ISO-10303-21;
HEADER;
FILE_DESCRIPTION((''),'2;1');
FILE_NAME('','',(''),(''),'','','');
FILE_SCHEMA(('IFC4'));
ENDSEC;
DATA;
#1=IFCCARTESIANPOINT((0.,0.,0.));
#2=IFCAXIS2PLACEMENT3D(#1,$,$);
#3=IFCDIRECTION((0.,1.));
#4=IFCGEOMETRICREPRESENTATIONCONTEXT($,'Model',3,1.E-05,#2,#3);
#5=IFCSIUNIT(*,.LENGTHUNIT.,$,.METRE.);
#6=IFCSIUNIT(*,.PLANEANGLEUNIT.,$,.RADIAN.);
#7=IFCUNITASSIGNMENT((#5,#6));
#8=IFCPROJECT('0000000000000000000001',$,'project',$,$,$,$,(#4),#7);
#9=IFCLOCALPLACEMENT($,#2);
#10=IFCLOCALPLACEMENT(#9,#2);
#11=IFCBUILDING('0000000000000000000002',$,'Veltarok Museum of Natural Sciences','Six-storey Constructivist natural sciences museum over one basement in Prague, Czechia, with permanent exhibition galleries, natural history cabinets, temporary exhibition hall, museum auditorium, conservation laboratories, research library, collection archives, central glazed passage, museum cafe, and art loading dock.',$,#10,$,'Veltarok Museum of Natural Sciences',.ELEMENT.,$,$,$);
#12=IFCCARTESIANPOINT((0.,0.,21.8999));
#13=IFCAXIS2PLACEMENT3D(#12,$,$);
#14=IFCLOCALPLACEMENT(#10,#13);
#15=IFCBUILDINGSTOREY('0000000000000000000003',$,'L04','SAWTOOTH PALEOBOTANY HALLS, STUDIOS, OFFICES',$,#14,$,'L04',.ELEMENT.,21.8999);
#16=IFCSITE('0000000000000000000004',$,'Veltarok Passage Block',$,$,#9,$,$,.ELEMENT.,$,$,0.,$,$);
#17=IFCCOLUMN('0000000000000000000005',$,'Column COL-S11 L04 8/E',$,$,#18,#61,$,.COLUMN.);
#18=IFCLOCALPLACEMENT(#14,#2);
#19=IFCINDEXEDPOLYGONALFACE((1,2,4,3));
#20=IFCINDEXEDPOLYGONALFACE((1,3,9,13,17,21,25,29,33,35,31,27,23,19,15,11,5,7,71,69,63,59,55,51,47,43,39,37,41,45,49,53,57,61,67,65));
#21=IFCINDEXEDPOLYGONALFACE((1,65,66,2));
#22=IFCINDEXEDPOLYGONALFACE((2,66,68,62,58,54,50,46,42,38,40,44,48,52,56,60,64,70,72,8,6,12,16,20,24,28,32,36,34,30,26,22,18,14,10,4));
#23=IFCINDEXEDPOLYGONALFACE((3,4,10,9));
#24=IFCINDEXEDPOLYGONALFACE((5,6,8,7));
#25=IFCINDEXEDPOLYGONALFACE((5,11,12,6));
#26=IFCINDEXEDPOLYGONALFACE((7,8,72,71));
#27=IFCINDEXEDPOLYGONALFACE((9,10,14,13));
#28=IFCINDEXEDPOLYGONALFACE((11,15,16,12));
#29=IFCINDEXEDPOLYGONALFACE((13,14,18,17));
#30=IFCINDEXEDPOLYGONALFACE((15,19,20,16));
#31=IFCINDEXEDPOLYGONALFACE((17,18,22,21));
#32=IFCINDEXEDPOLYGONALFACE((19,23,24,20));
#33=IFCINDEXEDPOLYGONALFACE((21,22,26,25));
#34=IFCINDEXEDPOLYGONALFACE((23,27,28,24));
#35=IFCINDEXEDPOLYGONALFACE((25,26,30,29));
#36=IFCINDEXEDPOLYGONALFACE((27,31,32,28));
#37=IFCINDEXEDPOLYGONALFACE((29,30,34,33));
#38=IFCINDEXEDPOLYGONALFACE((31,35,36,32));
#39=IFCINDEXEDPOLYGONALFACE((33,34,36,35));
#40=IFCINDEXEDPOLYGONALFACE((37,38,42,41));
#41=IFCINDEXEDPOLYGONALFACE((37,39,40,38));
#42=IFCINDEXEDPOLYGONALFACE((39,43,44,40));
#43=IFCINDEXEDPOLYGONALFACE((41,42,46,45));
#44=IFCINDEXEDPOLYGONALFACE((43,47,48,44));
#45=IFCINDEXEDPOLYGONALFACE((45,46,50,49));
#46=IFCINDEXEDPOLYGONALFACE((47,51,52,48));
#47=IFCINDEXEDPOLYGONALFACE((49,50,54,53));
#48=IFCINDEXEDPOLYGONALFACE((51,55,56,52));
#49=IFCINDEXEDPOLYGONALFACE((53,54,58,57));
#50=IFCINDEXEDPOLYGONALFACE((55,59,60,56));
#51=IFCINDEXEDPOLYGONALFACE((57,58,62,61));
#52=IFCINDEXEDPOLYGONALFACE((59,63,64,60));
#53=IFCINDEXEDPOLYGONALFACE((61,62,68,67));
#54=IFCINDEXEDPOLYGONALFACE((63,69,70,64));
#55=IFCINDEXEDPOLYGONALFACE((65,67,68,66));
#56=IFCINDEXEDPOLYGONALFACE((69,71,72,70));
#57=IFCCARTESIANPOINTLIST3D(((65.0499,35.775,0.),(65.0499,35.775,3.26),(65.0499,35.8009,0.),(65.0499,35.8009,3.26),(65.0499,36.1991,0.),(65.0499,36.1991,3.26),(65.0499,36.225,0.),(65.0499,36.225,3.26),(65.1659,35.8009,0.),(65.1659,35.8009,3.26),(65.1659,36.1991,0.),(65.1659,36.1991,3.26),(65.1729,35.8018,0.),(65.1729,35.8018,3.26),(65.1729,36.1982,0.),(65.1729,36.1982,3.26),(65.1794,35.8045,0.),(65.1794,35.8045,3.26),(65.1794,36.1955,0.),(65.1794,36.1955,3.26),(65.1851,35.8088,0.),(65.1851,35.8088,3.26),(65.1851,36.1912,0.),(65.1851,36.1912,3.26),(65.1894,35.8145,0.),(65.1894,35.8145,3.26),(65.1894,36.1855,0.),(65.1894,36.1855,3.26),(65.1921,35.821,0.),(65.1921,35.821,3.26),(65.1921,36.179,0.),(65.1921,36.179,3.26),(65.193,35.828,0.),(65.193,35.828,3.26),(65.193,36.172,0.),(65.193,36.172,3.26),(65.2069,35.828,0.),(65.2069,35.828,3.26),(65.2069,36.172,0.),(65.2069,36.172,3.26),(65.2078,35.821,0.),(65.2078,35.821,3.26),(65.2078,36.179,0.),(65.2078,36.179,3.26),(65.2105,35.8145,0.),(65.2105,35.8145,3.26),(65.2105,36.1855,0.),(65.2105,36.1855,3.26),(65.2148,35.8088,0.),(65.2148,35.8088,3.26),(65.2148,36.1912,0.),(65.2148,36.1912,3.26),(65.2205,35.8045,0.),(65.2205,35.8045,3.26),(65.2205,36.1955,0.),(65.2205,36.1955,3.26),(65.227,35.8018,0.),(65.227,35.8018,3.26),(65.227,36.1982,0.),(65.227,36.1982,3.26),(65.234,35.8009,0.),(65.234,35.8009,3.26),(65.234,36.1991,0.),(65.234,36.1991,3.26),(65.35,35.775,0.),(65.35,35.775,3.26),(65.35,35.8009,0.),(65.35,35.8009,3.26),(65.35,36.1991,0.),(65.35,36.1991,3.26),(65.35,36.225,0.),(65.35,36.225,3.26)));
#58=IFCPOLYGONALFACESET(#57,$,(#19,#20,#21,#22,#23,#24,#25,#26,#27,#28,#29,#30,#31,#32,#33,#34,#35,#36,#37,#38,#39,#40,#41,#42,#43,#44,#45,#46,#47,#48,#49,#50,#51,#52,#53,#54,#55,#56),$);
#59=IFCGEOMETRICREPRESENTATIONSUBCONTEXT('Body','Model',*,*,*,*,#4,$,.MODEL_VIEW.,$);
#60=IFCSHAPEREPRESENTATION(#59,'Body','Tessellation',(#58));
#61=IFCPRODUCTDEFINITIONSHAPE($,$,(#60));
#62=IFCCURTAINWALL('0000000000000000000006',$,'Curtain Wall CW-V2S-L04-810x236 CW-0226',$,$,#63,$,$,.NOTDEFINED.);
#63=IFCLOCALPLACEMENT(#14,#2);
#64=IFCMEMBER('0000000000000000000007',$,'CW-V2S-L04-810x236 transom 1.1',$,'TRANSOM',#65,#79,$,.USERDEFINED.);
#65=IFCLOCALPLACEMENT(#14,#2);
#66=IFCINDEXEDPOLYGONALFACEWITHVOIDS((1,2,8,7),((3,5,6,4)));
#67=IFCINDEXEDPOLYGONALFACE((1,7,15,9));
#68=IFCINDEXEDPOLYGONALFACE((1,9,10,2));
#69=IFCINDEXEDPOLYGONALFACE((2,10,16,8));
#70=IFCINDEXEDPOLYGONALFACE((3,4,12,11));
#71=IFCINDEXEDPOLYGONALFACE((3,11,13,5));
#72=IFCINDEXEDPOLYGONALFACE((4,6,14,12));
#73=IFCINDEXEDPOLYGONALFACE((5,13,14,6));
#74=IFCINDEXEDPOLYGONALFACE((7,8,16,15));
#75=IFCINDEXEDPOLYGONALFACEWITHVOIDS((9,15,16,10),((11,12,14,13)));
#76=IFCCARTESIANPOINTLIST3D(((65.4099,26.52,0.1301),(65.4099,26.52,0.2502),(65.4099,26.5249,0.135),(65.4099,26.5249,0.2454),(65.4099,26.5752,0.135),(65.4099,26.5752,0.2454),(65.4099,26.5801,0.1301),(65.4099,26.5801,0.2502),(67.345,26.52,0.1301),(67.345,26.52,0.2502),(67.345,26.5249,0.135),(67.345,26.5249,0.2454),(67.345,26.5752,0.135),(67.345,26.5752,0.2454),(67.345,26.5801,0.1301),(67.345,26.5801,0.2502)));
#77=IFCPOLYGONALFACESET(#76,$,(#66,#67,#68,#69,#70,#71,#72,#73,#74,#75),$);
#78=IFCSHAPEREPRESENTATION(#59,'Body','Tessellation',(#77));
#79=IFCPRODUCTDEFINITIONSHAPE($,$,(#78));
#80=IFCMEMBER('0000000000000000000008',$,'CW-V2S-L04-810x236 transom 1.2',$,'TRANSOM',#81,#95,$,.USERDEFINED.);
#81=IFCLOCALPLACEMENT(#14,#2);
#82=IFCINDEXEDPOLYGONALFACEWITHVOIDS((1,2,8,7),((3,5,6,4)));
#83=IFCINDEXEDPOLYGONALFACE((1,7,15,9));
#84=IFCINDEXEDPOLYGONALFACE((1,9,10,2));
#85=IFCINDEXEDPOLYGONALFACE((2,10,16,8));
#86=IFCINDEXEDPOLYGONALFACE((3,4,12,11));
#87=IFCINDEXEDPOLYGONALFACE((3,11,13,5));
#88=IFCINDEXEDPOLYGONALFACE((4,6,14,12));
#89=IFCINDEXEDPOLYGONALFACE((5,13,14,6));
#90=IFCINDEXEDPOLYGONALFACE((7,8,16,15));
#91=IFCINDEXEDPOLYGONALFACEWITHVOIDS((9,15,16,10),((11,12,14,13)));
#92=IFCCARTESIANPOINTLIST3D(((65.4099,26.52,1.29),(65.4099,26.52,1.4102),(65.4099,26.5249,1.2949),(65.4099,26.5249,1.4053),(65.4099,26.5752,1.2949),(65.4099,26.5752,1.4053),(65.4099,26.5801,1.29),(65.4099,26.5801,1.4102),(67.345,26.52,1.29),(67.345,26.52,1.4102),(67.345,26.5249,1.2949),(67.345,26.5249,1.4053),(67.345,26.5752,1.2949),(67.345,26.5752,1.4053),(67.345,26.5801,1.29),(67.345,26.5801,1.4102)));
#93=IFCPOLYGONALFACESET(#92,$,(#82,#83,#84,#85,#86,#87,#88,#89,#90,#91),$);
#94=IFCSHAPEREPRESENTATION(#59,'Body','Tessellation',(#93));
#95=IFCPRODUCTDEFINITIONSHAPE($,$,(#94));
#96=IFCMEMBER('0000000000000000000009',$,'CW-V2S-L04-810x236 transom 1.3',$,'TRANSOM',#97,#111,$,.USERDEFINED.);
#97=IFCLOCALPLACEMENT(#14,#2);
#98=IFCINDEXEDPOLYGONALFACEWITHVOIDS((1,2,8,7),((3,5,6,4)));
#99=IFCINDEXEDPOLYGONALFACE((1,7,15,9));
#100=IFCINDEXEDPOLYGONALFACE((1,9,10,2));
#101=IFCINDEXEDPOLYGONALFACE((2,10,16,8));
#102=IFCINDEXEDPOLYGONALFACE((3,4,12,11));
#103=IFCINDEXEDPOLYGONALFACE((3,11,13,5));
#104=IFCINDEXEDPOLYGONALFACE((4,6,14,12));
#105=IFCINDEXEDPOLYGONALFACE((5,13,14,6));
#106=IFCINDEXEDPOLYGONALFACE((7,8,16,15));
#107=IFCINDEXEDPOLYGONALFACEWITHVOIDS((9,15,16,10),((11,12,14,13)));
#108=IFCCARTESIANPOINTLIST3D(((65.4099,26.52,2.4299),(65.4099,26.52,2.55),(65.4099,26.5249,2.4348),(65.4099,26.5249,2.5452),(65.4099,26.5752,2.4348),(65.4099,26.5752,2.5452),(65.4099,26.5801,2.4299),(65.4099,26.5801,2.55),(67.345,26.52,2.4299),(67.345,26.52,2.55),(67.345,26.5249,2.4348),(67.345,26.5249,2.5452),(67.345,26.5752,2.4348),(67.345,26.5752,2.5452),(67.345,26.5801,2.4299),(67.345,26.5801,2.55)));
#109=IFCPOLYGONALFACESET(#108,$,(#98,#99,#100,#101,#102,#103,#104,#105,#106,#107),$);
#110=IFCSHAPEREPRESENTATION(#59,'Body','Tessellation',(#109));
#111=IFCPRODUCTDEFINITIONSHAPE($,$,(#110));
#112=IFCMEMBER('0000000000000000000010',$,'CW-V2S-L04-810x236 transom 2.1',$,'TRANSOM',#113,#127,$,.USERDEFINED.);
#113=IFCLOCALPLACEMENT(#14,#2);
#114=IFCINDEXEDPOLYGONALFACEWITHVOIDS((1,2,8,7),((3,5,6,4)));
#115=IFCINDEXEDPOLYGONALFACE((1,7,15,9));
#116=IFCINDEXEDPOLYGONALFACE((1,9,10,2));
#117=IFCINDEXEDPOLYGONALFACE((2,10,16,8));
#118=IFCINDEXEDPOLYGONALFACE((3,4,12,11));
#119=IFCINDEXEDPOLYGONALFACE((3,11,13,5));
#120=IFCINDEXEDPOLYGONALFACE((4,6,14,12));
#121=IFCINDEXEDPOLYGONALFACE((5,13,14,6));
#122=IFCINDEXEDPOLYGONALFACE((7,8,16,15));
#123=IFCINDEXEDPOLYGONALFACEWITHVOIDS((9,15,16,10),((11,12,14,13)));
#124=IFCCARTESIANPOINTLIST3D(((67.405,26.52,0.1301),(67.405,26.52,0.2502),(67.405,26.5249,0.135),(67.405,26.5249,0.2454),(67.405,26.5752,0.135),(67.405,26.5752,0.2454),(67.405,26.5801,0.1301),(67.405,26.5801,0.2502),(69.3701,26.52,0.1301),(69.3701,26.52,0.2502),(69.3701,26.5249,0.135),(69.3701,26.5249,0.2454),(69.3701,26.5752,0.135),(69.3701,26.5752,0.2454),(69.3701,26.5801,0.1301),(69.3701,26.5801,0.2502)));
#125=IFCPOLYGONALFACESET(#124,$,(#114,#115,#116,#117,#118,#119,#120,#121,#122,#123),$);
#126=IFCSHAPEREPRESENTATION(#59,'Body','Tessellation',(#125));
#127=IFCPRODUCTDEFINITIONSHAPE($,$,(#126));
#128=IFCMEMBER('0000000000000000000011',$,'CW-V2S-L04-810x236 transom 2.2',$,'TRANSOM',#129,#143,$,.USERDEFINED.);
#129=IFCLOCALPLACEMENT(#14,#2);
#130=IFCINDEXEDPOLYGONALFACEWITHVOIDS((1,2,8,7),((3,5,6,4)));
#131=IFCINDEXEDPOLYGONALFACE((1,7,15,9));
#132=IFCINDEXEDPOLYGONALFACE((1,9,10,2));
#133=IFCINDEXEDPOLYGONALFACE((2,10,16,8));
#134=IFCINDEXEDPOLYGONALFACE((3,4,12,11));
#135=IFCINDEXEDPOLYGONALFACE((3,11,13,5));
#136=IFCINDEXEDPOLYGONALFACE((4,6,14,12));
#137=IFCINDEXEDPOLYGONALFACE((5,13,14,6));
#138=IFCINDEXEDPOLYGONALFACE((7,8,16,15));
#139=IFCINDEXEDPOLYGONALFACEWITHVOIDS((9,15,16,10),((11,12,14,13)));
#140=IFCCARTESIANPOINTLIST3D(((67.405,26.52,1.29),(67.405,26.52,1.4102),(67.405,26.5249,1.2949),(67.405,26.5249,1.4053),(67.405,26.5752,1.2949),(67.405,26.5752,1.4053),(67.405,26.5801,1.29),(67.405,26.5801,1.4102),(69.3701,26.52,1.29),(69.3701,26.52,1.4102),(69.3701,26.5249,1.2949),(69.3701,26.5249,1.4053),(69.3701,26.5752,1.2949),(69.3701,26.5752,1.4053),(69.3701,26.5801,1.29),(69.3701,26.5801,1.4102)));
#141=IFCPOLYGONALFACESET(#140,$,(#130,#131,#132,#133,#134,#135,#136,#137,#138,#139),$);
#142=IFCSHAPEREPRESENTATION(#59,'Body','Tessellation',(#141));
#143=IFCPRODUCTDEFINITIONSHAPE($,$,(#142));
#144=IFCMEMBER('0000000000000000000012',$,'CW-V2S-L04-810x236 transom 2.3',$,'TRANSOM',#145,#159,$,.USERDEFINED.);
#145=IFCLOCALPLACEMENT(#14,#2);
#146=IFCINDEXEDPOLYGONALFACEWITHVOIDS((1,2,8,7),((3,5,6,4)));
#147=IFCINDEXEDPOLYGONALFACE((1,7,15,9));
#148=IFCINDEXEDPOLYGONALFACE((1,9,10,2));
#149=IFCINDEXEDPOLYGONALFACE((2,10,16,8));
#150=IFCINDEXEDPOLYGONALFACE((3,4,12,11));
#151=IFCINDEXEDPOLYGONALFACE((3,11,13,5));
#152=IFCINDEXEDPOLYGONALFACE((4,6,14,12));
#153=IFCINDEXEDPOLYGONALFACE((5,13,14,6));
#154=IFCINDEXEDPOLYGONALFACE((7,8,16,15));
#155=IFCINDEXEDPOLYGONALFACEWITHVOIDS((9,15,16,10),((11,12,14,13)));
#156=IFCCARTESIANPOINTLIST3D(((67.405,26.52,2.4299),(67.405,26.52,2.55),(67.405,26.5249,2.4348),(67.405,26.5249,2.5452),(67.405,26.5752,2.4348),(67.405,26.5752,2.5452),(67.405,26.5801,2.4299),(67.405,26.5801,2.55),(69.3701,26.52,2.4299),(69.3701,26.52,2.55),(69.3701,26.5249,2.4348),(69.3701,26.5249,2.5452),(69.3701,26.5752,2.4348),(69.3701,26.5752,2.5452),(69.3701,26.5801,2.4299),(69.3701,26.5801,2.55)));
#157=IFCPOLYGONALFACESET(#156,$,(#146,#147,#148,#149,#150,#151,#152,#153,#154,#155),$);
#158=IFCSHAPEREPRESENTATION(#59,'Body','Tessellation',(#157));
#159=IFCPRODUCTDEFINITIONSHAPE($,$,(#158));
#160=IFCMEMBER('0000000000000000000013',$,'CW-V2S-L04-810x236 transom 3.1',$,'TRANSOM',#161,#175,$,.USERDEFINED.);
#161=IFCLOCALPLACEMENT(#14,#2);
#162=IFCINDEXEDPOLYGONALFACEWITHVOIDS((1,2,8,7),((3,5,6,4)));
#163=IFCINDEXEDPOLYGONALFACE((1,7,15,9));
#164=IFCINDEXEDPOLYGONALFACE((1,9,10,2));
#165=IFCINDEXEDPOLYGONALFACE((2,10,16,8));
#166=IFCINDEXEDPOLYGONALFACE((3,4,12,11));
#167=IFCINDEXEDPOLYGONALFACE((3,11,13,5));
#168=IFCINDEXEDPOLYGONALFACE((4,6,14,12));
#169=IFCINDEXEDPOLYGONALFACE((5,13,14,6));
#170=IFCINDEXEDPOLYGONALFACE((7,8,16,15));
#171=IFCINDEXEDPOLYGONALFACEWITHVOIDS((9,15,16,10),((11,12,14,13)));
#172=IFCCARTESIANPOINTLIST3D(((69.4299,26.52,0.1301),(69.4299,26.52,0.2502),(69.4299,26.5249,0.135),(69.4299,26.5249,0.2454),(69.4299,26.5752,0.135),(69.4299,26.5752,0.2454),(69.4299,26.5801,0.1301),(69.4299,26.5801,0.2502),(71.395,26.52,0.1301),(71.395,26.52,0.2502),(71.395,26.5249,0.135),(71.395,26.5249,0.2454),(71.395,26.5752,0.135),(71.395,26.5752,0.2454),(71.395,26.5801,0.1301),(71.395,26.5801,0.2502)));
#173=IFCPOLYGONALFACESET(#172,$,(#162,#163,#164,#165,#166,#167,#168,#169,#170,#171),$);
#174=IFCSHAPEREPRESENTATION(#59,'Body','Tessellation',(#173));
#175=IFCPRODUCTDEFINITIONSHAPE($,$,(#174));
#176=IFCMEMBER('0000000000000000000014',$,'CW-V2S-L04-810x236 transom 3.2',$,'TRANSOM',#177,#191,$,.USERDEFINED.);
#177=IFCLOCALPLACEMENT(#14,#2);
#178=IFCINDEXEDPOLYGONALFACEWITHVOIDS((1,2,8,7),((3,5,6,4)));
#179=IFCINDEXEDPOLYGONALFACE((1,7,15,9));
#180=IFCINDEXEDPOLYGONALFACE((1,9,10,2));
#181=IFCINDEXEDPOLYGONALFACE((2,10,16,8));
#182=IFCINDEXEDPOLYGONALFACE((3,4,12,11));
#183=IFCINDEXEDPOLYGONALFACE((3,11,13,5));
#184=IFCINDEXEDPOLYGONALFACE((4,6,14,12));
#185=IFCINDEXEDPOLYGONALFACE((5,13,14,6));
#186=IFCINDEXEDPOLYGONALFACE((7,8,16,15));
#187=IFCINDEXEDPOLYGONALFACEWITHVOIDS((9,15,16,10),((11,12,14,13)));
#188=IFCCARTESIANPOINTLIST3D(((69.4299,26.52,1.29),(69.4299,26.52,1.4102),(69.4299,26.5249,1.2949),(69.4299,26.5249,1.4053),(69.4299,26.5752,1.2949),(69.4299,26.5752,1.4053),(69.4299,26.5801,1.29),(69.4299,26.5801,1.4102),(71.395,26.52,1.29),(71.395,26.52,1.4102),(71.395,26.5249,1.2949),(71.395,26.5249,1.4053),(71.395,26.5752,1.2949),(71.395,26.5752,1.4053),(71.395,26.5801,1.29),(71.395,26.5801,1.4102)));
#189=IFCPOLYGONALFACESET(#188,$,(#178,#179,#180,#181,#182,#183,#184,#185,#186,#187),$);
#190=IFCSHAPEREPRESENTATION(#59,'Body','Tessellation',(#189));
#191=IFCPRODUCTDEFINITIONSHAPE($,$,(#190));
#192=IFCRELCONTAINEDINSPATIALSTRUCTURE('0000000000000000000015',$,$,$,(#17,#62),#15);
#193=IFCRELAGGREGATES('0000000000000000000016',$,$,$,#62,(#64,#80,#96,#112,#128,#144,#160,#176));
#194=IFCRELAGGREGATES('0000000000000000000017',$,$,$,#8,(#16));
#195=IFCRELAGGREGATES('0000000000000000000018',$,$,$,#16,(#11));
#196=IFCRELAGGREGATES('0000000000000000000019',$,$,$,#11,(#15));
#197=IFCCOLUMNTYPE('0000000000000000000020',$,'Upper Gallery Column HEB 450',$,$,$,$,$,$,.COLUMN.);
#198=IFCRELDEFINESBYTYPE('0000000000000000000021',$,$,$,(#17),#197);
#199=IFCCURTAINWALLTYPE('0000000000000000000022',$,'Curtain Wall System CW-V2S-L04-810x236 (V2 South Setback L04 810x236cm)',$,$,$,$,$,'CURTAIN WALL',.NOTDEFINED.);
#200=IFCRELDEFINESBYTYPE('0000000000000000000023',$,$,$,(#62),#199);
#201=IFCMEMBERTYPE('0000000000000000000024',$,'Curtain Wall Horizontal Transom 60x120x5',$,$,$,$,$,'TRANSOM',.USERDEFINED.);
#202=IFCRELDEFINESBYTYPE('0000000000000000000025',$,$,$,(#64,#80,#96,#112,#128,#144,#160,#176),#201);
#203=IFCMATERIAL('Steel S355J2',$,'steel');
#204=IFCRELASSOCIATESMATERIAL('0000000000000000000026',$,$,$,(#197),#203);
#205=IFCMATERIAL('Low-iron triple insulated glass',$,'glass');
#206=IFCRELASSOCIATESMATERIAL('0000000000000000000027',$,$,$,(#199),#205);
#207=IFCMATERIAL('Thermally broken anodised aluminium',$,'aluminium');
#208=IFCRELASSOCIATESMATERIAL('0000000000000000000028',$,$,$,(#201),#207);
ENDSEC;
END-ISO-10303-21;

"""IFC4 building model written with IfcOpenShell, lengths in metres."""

from ifc_helpers import new_model, si_unit, direction, frame, origin, origin_2d, place, context, subcontext, project, spatial, hollow_rectangle, i_section, extrude, material, material_profile, profile_set, type_object, element, aggregate, save


model = new_model("IFC4")

# Units and contexts
model_context = context("Model", 3, precision=1e-05, world=origin(), true_north=direction((0.0, 1.0)))
body_context = subcontext(model_context, "Body", "Model", "MODEL_VIEW")
ifc_project = project(units=[si_unit("LENGTHUNIT", "METRE"), si_unit("PLANEANGLEUNIT", "RADIAN")], contexts=[model_context])

# Site, building, storey
site_placement = place(None, origin())
site = spatial("IfcSite", under=ifc_project, at=site_placement, Name="Veltarok Passage Block", CompositionType="ELEMENT", RefElevation=0.0)
building_placement = place(site_placement, origin())
building = spatial("IfcBuilding", under=site, at=building_placement, Name="Veltarok Museum of Natural Sciences", Description="Six-storey Constructivist natural sciences museum over one basement in Prague, Czechia, with permanent exhibition galleries, natural history cabinets, temporary exhibition hall, museum auditorium, conservation laboratories, research library, collection archives, central glazed passage, museum cafe, and art loading dock.", LongName="Veltarok Museum of Natural Sciences", CompositionType="ELEMENT")
storey_placement = place(building_placement, frame((0.0, 0.0, 21.8999)))
storey = spatial("IfcBuildingStorey", under=building, at=storey_placement, Name="L04", Description="SAWTOOTH PALEOBOTANY HALLS, STUDIOS, OFFICES", LongName="L04", CompositionType="ELEMENT", Elevation=21.8999)

# Column
ifc_material_1 = material(Name="Steel S355J2", Category="steel")
ifc_material_profile_1 = material_profile(ifc_material_1, i_section(OverallWidth=0.3, OverallDepth=0.45, WebThickness=0.0139, FlangeThickness=0.0259, FilletRadius=0.0271, at=origin_2d()), Name="HEB 450")
ifc_profile_set_1 = profile_set([ifc_material_profile_1], Name="Steel S355J2")
column_type = type_object("IfcColumnType", Name="Upper Gallery Column HEB 450", PredefinedType="COLUMN", material=ifc_profile_set_1)
column_placement = place(storey_placement, frame((65.2, 36.0, 0.0), z_axis=(0.0, 0.0, 1.0), x_axis=(1.0, 0.0, 0.0)))
element("IfcColumn", 1, at=column_placement, inside=storey, type_object=column_type, Name="Column COL-S11 L04 8/E", PredefinedType="COLUMN", context=body_context, shape_type="SweptSolid", body=[
    extrude(i_section(OverallWidth=0.3, OverallDepth=0.45, WebThickness=0.0139, FlangeThickness=0.0259, FilletRadius=0.0271, at=origin_2d()), origin(), (0.0, 0.0, 1.0), 3.26),
])

# Curtain wall, members
ifc_material_2 = material(Name="Low-iron triple insulated glass", Category="glass")
curtain_wall_type = type_object("IfcCurtainWallType", Name="Curtain Wall System CW-V2S-L04-810x236 (V2 South Setback L04 810x236cm)", ElementType="CURTAIN WALL", PredefinedType="NOTDEFINED", material=ifc_material_2)
curtain_wall_placement = place(storey_placement, origin())
curtain_wall = element("IfcCurtainWall", 2, at=curtain_wall_placement, inside=storey, type_object=curtain_wall_type, Name="Curtain Wall CW-V2S-L04-810x236 CW-0226", PredefinedType="NOTDEFINED")
ifc_material_3 = material(Name="Thermally broken anodised aluminium", Category="aluminium")
ifc_material_profile_2 = material_profile(ifc_material_3, hollow_rectangle(XDim=0.0601, YDim=0.1201, WallThickness=0.0049, at=origin_2d()), Name="CW TRANSOM 60x120x5")
ifc_profile_set_2 = profile_set([ifc_material_profile_2], Name="Thermally broken anodised aluminium")
member_type_1 = type_object("IfcMemberType", Name="Curtain Wall Horizontal Transom 60x120x5", ElementType="TRANSOM", PredefinedType="USERDEFINED", material=ifc_profile_set_2)
member_1_placement = place(storey_placement, frame((65.4099, 26.55, 0.1902), z_axis=(1.0, 0.0, 0.0), x_axis=(0.0, 1.0, 0.0)))
member_1 = element("IfcMember", 3, at=member_1_placement, type_object=member_type_1, Name="CW-V2S-L04-810x236 transom 1.1", ObjectType="TRANSOM", PredefinedType="USERDEFINED", context=body_context, shape_type="SweptSolid", body=[
    extrude(hollow_rectangle(XDim=0.0601, YDim=0.1201, WallThickness=0.0049, at=origin_2d()), origin(), (0.0, 0.0, 1.0), 1.9351),
])
member_2_placement = place(storey_placement, frame((65.4099, 26.55, 1.3501), z_axis=(1.0, 0.0, 0.0), x_axis=(0.0, 1.0, 0.0)))
member_2 = element("IfcMember", 4, at=member_2_placement, type_object=member_type_1, Name="CW-V2S-L04-810x236 transom 1.2", ObjectType="TRANSOM", PredefinedType="USERDEFINED", context=body_context, shape_type="SweptSolid", body=[
    extrude(hollow_rectangle(XDim=0.0601, YDim=0.1201, WallThickness=0.0049, at=origin_2d()), origin(), (0.0, 0.0, 1.0), 1.9351),
])
member_3_placement = place(storey_placement, frame((65.4099, 26.55, 2.49), z_axis=(1.0, 0.0, 0.0), x_axis=(0.0, 1.0, 0.0)))
member_3 = element("IfcMember", 5, at=member_3_placement, type_object=member_type_1, Name="CW-V2S-L04-810x236 transom 1.3", ObjectType="TRANSOM", PredefinedType="USERDEFINED", context=body_context, shape_type="SweptSolid", body=[
    extrude(hollow_rectangle(XDim=0.0601, YDim=0.1201, WallThickness=0.0049, at=origin_2d()), origin(), (0.0, 0.0, 1.0), 1.9351),
])
member_4_placement = place(storey_placement, frame((67.405, 26.55, 0.1902), z_axis=(1.0, 0.0, 0.0), x_axis=(0.0, 1.0, 0.0)))
member_4 = element("IfcMember", 6, at=member_4_placement, type_object=member_type_1, Name="CW-V2S-L04-810x236 transom 2.1", ObjectType="TRANSOM", PredefinedType="USERDEFINED", context=body_context, shape_type="SweptSolid", body=[
    extrude(hollow_rectangle(XDim=0.0601, YDim=0.1201, WallThickness=0.0049, at=origin_2d()), origin(), (0.0, 0.0, 1.0), 1.9651),
])
member_5_placement = place(storey_placement, frame((67.405, 26.55, 1.3501), z_axis=(1.0, 0.0, 0.0), x_axis=(0.0, 1.0, 0.0)))
member_5 = element("IfcMember", 7, at=member_5_placement, type_object=member_type_1, Name="CW-V2S-L04-810x236 transom 2.2", ObjectType="TRANSOM", PredefinedType="USERDEFINED", context=body_context, shape_type="SweptSolid", body=[
    extrude(hollow_rectangle(XDim=0.0601, YDim=0.1201, WallThickness=0.0049, at=origin_2d()), origin(), (0.0, 0.0, 1.0), 1.9651),
])
member_6_placement = place(storey_placement, frame((67.405, 26.55, 2.49), z_axis=(1.0, 0.0, 0.0), x_axis=(0.0, 1.0, 0.0)))
member_6 = element("IfcMember", 8, at=member_6_placement, type_object=member_type_1, Name="CW-V2S-L04-810x236 transom 2.3", ObjectType="TRANSOM", PredefinedType="USERDEFINED", context=body_context, shape_type="SweptSolid", body=[
    extrude(hollow_rectangle(XDim=0.0601, YDim=0.1201, WallThickness=0.0049, at=origin_2d()), origin(), (0.0, 0.0, 1.0), 1.9651),
])
member_7_placement = place(storey_placement, frame((69.4299, 26.55, 0.1902), z_axis=(1.0, 0.0, 0.0), x_axis=(0.0, 1.0, 0.0)))
member_7 = element("IfcMember", 9, at=member_7_placement, type_object=member_type_1, Name="CW-V2S-L04-810x236 transom 3.1", ObjectType="TRANSOM", PredefinedType="USERDEFINED", context=body_context, shape_type="SweptSolid", body=[
    extrude(hollow_rectangle(XDim=0.0601, YDim=0.1201, WallThickness=0.0049, at=origin_2d()), origin(), (0.0, 0.0, 1.0), 1.9651),
])
member_8_placement = place(storey_placement, frame((69.4299, 26.55, 1.3501), z_axis=(1.0, 0.0, 0.0), x_axis=(0.0, 1.0, 0.0)))
member_8 = element("IfcMember", 10, at=member_8_placement, type_object=member_type_1, Name="CW-V2S-L04-810x236 transom 3.2", ObjectType="TRANSOM", PredefinedType="USERDEFINED", context=body_context, shape_type="SweptSolid", body=[
    extrude(hollow_rectangle(XDim=0.0601, YDim=0.1201, WallThickness=0.0049, at=origin_2d()), origin(), (0.0, 0.0, 1.0), 1.9651),
])

aggregate(curtain_wall, [member_1, member_2, member_3, member_4, member_5, member_6, member_7, member_8])

save(model, "model.ifc")
